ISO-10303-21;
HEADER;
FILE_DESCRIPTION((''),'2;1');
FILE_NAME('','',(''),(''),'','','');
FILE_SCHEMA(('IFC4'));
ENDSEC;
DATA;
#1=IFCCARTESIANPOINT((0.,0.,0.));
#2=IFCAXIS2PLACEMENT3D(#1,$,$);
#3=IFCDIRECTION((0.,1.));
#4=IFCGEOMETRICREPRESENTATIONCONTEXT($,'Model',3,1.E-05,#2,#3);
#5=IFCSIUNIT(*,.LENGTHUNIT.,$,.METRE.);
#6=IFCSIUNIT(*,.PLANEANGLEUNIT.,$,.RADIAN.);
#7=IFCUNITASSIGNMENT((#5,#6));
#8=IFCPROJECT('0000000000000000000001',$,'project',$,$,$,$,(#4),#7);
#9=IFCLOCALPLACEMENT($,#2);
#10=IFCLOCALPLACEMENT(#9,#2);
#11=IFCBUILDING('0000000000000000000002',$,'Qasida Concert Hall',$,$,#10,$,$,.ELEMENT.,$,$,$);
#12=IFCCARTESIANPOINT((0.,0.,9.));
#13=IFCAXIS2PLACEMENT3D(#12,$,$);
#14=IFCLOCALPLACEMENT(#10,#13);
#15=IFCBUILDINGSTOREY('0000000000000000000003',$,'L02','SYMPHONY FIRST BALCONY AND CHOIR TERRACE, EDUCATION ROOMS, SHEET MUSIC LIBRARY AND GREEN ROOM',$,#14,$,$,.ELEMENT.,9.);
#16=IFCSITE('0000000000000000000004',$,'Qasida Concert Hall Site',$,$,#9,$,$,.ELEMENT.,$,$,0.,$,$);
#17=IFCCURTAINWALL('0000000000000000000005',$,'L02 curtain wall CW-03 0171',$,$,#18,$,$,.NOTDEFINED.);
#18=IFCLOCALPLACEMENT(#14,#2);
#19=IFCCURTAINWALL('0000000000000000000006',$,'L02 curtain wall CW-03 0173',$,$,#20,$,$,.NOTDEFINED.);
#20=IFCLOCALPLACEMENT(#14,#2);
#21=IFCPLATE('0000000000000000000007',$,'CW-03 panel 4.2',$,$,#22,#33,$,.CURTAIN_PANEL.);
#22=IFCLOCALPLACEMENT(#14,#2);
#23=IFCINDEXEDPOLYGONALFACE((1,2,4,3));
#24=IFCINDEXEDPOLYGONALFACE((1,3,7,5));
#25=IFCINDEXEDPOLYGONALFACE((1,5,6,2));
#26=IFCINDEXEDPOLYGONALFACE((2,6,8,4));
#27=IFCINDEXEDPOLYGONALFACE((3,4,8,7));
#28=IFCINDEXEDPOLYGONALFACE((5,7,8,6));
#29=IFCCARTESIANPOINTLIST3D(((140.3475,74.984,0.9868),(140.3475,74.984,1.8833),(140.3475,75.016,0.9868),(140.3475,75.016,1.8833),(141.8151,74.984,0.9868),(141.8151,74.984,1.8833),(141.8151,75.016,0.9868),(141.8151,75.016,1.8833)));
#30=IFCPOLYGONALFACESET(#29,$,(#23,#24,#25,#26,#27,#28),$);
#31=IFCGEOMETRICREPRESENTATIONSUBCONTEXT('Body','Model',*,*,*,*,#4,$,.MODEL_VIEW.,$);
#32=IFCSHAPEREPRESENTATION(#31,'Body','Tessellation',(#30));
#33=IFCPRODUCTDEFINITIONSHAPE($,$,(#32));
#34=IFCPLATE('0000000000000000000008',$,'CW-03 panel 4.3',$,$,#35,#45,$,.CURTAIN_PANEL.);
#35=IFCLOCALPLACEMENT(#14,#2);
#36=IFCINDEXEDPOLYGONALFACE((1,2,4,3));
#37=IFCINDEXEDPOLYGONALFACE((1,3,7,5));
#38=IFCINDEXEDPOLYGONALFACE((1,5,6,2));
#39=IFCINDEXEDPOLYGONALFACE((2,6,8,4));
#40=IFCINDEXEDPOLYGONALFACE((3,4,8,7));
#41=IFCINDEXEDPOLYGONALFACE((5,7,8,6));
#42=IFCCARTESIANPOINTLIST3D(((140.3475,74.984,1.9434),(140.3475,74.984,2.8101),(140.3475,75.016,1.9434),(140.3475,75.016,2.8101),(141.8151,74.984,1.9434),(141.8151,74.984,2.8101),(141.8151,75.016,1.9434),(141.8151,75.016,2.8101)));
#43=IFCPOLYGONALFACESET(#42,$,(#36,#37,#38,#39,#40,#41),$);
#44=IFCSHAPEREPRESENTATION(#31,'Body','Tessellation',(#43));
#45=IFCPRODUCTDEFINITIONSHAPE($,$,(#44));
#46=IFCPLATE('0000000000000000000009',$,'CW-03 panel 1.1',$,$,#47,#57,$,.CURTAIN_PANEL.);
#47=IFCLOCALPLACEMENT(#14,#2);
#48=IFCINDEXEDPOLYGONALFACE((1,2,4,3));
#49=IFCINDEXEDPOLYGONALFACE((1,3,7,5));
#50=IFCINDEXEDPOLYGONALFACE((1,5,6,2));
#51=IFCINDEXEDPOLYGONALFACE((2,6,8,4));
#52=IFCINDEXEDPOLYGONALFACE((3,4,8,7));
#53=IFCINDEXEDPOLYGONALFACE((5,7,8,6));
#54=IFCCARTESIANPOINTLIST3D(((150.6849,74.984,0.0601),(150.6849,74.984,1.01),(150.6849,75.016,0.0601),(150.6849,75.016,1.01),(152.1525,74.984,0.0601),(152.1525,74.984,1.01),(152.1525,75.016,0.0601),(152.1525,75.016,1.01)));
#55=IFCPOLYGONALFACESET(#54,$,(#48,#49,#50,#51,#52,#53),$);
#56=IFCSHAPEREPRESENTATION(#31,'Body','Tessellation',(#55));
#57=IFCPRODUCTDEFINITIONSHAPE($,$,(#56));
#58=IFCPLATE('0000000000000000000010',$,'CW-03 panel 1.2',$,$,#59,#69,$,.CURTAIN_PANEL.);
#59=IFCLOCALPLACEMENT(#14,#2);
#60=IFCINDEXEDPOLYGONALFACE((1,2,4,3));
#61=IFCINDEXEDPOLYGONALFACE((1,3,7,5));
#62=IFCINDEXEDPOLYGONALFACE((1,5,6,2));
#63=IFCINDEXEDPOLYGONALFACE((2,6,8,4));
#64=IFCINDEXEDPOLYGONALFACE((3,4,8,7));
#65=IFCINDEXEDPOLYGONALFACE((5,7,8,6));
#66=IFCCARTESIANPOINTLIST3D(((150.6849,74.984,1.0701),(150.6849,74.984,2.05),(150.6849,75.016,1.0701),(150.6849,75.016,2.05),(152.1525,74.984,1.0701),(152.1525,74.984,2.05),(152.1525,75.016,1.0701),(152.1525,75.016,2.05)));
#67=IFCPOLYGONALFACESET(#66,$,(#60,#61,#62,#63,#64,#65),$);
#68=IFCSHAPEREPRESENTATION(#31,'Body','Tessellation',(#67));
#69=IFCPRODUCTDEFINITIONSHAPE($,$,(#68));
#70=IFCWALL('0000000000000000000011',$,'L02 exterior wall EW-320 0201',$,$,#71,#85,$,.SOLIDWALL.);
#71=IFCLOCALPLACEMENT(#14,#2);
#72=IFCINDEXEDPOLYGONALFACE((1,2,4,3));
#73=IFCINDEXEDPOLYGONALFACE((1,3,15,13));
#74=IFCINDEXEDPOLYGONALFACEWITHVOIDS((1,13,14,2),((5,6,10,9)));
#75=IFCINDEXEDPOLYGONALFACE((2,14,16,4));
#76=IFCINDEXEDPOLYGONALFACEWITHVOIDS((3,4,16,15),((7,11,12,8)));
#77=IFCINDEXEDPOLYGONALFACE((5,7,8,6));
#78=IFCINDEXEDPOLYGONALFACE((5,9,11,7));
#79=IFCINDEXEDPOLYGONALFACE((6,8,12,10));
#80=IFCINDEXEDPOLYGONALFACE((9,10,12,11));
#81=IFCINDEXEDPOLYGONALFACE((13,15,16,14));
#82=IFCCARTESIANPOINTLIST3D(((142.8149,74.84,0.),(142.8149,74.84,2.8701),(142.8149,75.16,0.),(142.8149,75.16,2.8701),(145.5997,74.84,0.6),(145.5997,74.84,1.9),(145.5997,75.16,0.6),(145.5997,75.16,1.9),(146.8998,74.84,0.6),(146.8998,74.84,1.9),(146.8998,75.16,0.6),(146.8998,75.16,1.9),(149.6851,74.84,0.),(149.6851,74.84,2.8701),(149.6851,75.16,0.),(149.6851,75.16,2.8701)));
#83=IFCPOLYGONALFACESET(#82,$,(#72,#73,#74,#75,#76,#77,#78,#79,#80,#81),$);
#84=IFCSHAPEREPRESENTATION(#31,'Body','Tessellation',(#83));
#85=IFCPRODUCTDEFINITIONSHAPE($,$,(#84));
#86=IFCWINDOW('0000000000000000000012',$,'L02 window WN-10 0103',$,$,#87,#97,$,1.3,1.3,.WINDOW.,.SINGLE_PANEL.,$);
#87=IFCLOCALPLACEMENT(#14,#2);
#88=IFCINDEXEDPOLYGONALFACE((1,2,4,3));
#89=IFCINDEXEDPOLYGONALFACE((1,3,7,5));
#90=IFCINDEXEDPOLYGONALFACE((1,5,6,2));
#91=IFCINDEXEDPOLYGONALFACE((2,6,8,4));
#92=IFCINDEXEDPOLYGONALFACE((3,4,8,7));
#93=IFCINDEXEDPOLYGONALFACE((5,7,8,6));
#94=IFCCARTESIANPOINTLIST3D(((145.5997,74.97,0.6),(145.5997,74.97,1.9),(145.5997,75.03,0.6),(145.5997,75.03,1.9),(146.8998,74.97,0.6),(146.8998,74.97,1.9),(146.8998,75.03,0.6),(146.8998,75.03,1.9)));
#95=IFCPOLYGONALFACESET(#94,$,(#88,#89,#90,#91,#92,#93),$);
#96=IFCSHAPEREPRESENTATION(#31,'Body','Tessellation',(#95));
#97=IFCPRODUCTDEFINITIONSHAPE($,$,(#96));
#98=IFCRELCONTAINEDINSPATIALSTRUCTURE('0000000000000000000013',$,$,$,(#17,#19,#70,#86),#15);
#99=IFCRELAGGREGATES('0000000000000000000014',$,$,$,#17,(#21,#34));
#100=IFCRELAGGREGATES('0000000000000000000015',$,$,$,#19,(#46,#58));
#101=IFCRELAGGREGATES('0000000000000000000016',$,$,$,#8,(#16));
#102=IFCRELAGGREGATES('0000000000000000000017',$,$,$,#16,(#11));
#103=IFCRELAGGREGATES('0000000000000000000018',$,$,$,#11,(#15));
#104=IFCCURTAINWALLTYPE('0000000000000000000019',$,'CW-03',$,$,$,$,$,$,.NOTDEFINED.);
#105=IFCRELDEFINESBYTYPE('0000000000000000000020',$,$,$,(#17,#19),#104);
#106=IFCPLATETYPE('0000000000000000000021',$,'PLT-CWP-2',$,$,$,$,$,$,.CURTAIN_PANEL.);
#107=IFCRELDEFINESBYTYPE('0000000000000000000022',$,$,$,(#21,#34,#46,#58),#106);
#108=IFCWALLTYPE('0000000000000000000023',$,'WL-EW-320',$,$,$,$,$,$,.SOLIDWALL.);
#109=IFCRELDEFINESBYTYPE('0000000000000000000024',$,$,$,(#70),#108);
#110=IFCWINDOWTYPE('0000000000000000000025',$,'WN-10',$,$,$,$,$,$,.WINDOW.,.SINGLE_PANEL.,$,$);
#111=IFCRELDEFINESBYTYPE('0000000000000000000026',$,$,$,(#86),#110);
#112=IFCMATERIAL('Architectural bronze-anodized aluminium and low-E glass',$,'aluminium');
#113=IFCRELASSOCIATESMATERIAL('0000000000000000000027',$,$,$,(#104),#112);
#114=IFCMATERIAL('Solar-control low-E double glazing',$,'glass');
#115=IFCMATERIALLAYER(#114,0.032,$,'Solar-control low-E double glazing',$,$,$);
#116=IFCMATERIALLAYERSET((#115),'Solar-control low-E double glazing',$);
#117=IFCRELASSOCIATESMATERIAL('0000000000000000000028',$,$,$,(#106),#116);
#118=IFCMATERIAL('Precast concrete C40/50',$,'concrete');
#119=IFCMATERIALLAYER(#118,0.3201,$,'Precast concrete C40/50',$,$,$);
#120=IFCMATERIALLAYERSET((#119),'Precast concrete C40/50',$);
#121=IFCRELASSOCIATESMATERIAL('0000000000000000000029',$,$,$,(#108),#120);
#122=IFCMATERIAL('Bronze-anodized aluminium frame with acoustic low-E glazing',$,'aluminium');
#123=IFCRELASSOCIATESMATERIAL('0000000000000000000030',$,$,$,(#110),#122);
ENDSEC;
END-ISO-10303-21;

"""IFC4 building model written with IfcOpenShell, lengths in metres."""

from ifc_helpers import new_model, si_unit, direction, frame, frame_2d, origin, origin_2d, place, context, subcontext, project, spatial, rectangle, extrude, material, layer, layer_set, type_object, element, fill, aggregate, save


model = new_model("IFC4")

# Units and contexts
model_context = context("Model", 3, precision=1e-05, world=origin(), true_north=direction((0.0, 1.0)))
body_context = subcontext(model_context, "Body", "Model", "MODEL_VIEW")
ifc_project = project(units=[si_unit("LENGTHUNIT", "METRE"), si_unit("PLANEANGLEUNIT", "RADIAN")], contexts=[model_context])

# Site, building, storey
site_placement = place(None, origin())
site = spatial("IfcSite", under=ifc_project, at=site_placement, Name="Qasida Concert Hall Site", CompositionType="ELEMENT", RefElevation=0.0)
building_placement = place(site_placement, origin())
building = spatial("IfcBuilding", under=site, at=building_placement, Name="Qasida Concert Hall", CompositionType="ELEMENT")
storey_placement = place(building_placement, frame((0.0, 0.0, 9.0)))
storey = spatial("IfcBuildingStorey", under=building, at=storey_placement, Name="L02", Description="SYMPHONY FIRST BALCONY AND CHOIR TERRACE, EDUCATION ROOMS, SHEET MUSIC LIBRARY AND GREEN ROOM", CompositionType="ELEMENT", Elevation=9.0)

# Curtain wall
ifc_material_1 = material(Name="Architectural bronze-anodized aluminium and low-E glass", Category="aluminium")
curtain_wall_type = type_object("IfcCurtainWallType", Name="CW-03", PredefinedType="NOTDEFINED", material=ifc_material_1)
curtain_wall_1_placement = place(storey_placement, origin())
curtain_wall_1 = element("IfcCurtainWall", 1, at=curtain_wall_1_placement, inside=storey, type_object=curtain_wall_type, Name="L02 curtain wall CW-03 0171", PredefinedType="NOTDEFINED")

# Curtain wall
curtain_wall_2_placement = place(storey_placement, origin())
curtain_wall_2 = element("IfcCurtainWall", 2, at=curtain_wall_2_placement, inside=storey, type_object=curtain_wall_type, Name="L02 curtain wall CW-03 0173", PredefinedType="NOTDEFINED")

# Plates
ifc_material_2 = material(Name="Solar-control low-E double glazing", Category="glass")
ifc_layer_1 = layer(ifc_material_2, 0.032, Name="Solar-control low-E double glazing")
ifc_layer_set_1 = layer_set([ifc_layer_1], Name="Solar-control low-E double glazing")
plate_type = type_object("IfcPlateType", Name="PLT-CWP-2", PredefinedType="CURTAIN_PANEL", material=ifc_layer_set_1)
plate_1_placement = place(storey_placement, frame((141.0813, 75.0, 0.9868), z_axis=(0.0, 0.0, 1.0), x_axis=(1.0, 0.0, 0.0)))
plate_1 = element("IfcPlate", 3, at=plate_1_placement, type_object=plate_type, Name="CW-03 panel 4.2", PredefinedType="CURTAIN_PANEL", context=body_context, shape_type="SweptSolid", body=[
    extrude(rectangle(XDim=1.4675, YDim=0.032, at=origin_2d()), origin(), (0.0, 0.0, 1.0), 0.8965),
])
plate_2_placement = place(storey_placement, frame((141.0813, 75.0, 1.9434), z_axis=(0.0, 0.0, 1.0), x_axis=(1.0, 0.0, 0.0)))
plate_2 = element("IfcPlate", 4, at=plate_2_placement, type_object=plate_type, Name="CW-03 panel 4.3", PredefinedType="CURTAIN_PANEL", context=body_context, shape_type="SweptSolid", body=[
    extrude(rectangle(XDim=1.4675, YDim=0.032, at=origin_2d()), origin(), (0.0, 0.0, 1.0), 0.8667),
])
aggregate(curtain_wall_1, [plate_1, plate_2])
plate_3_placement = place(storey_placement, frame((151.4187, 75.0, 0.0601), z_axis=(0.0, 0.0, 1.0), x_axis=(1.0, 0.0, 0.0)))
plate_3 = element("IfcPlate", 5, at=plate_3_placement, type_object=plate_type, Name="CW-03 panel 1.1", PredefinedType="CURTAIN_PANEL", context=body_context, shape_type="SweptSolid", body=[
    extrude(rectangle(XDim=1.4675, YDim=0.032, at=origin_2d()), origin(), (0.0, 0.0, 1.0), 0.95),
])
plate_4_placement = place(storey_placement, frame((151.4187, 75.0, 1.0701), z_axis=(0.0, 0.0, 1.0), x_axis=(1.0, 0.0, 0.0)))
plate_4 = element("IfcPlate", 6, at=plate_4_placement, type_object=plate_type, Name="CW-03 panel 1.2", PredefinedType="CURTAIN_PANEL", context=body_context, shape_type="SweptSolid", body=[
    extrude(rectangle(XDim=1.4675, YDim=0.032, at=origin_2d()), origin(), (0.0, 0.0, 1.0), 0.98),
])
aggregate(curtain_wall_2, [plate_3, plate_4])

# Wall, opening, window
ifc_material_3 = material(Name="Precast concrete C40/50", Category="concrete")
ifc_layer_2 = layer(ifc_material_3, 0.3201, Name="Precast concrete C40/50")
ifc_layer_set_2 = layer_set([ifc_layer_2], Name="Precast concrete C40/50")
wall_type = type_object("IfcWallType", Name="WL-EW-320", PredefinedType="SOLIDWALL", material=ifc_layer_set_2)
wall_placement = place(storey_placement, frame((142.8149, 75.0, 0.0), z_axis=(0.0, 0.0, 1.0), x_axis=(1.0, 0.0, 0.0)))
wall = element("IfcWall", 7, at=wall_placement, inside=storey, type_object=wall_type, Name="L02 exterior wall EW-320 0201", PredefinedType="SOLIDWALL", context=body_context, shape_type="SweptSolid", body=[
    extrude(rectangle(XDim=6.8701, YDim=0.3201, at=frame_2d((3.4351, 0.0))), origin(), (0.0, 0.0, 1.0), 2.8701),
])
opening_placement = place(wall_placement, frame((2.7849, 0.0, 0.6001)))
opening = element("IfcOpeningElement", 8, at=opening_placement, cuts=wall, PredefinedType="OPENING", context=body_context, shape_type="SweptSolid", body=[
    extrude(rectangle(XDim=1.3, YDim=1.3, at=frame_2d((0.6499, 0.6499))), frame((0.0, 0.1699, 0.0), z_axis=(0.0, -1.0, 0.0), x_axis=(1.0, 0.0, 0.0)), (0.0, 0.0, 1.0), 0.3401),
])
ifc_material_4 = material(Name="Bronze-anodized aluminium frame with acoustic low-E glazing", Category="aluminium")
window_type = type_object("IfcWindowType", Name="WN-10", PartitioningType="SINGLE_PANEL", PredefinedType="WINDOW", material=ifc_material_4)
window_placement = place(opening_placement, origin())
window = element("IfcWindow", 9, at=window_placement, inside=storey, type_object=window_type, Name="L02 window WN-10 0103", OverallHeight=1.3, OverallWidth=1.3, PartitioningType="SINGLE_PANEL", PredefinedType="WINDOW", context=body_context, shape_type="SweptSolid", body=[
    extrude(rectangle(XDim=1.3, YDim=1.3, at=frame_2d((0.6499, 0.6499))), frame((0.0, 0.03, 0.0), z_axis=(0.0, -1.0, 0.0), x_axis=(1.0, 0.0, 0.0)), (0.0, 0.0, 1.0), 0.0601),
])
fill(opening, window)

save(model, "model.ifc")
